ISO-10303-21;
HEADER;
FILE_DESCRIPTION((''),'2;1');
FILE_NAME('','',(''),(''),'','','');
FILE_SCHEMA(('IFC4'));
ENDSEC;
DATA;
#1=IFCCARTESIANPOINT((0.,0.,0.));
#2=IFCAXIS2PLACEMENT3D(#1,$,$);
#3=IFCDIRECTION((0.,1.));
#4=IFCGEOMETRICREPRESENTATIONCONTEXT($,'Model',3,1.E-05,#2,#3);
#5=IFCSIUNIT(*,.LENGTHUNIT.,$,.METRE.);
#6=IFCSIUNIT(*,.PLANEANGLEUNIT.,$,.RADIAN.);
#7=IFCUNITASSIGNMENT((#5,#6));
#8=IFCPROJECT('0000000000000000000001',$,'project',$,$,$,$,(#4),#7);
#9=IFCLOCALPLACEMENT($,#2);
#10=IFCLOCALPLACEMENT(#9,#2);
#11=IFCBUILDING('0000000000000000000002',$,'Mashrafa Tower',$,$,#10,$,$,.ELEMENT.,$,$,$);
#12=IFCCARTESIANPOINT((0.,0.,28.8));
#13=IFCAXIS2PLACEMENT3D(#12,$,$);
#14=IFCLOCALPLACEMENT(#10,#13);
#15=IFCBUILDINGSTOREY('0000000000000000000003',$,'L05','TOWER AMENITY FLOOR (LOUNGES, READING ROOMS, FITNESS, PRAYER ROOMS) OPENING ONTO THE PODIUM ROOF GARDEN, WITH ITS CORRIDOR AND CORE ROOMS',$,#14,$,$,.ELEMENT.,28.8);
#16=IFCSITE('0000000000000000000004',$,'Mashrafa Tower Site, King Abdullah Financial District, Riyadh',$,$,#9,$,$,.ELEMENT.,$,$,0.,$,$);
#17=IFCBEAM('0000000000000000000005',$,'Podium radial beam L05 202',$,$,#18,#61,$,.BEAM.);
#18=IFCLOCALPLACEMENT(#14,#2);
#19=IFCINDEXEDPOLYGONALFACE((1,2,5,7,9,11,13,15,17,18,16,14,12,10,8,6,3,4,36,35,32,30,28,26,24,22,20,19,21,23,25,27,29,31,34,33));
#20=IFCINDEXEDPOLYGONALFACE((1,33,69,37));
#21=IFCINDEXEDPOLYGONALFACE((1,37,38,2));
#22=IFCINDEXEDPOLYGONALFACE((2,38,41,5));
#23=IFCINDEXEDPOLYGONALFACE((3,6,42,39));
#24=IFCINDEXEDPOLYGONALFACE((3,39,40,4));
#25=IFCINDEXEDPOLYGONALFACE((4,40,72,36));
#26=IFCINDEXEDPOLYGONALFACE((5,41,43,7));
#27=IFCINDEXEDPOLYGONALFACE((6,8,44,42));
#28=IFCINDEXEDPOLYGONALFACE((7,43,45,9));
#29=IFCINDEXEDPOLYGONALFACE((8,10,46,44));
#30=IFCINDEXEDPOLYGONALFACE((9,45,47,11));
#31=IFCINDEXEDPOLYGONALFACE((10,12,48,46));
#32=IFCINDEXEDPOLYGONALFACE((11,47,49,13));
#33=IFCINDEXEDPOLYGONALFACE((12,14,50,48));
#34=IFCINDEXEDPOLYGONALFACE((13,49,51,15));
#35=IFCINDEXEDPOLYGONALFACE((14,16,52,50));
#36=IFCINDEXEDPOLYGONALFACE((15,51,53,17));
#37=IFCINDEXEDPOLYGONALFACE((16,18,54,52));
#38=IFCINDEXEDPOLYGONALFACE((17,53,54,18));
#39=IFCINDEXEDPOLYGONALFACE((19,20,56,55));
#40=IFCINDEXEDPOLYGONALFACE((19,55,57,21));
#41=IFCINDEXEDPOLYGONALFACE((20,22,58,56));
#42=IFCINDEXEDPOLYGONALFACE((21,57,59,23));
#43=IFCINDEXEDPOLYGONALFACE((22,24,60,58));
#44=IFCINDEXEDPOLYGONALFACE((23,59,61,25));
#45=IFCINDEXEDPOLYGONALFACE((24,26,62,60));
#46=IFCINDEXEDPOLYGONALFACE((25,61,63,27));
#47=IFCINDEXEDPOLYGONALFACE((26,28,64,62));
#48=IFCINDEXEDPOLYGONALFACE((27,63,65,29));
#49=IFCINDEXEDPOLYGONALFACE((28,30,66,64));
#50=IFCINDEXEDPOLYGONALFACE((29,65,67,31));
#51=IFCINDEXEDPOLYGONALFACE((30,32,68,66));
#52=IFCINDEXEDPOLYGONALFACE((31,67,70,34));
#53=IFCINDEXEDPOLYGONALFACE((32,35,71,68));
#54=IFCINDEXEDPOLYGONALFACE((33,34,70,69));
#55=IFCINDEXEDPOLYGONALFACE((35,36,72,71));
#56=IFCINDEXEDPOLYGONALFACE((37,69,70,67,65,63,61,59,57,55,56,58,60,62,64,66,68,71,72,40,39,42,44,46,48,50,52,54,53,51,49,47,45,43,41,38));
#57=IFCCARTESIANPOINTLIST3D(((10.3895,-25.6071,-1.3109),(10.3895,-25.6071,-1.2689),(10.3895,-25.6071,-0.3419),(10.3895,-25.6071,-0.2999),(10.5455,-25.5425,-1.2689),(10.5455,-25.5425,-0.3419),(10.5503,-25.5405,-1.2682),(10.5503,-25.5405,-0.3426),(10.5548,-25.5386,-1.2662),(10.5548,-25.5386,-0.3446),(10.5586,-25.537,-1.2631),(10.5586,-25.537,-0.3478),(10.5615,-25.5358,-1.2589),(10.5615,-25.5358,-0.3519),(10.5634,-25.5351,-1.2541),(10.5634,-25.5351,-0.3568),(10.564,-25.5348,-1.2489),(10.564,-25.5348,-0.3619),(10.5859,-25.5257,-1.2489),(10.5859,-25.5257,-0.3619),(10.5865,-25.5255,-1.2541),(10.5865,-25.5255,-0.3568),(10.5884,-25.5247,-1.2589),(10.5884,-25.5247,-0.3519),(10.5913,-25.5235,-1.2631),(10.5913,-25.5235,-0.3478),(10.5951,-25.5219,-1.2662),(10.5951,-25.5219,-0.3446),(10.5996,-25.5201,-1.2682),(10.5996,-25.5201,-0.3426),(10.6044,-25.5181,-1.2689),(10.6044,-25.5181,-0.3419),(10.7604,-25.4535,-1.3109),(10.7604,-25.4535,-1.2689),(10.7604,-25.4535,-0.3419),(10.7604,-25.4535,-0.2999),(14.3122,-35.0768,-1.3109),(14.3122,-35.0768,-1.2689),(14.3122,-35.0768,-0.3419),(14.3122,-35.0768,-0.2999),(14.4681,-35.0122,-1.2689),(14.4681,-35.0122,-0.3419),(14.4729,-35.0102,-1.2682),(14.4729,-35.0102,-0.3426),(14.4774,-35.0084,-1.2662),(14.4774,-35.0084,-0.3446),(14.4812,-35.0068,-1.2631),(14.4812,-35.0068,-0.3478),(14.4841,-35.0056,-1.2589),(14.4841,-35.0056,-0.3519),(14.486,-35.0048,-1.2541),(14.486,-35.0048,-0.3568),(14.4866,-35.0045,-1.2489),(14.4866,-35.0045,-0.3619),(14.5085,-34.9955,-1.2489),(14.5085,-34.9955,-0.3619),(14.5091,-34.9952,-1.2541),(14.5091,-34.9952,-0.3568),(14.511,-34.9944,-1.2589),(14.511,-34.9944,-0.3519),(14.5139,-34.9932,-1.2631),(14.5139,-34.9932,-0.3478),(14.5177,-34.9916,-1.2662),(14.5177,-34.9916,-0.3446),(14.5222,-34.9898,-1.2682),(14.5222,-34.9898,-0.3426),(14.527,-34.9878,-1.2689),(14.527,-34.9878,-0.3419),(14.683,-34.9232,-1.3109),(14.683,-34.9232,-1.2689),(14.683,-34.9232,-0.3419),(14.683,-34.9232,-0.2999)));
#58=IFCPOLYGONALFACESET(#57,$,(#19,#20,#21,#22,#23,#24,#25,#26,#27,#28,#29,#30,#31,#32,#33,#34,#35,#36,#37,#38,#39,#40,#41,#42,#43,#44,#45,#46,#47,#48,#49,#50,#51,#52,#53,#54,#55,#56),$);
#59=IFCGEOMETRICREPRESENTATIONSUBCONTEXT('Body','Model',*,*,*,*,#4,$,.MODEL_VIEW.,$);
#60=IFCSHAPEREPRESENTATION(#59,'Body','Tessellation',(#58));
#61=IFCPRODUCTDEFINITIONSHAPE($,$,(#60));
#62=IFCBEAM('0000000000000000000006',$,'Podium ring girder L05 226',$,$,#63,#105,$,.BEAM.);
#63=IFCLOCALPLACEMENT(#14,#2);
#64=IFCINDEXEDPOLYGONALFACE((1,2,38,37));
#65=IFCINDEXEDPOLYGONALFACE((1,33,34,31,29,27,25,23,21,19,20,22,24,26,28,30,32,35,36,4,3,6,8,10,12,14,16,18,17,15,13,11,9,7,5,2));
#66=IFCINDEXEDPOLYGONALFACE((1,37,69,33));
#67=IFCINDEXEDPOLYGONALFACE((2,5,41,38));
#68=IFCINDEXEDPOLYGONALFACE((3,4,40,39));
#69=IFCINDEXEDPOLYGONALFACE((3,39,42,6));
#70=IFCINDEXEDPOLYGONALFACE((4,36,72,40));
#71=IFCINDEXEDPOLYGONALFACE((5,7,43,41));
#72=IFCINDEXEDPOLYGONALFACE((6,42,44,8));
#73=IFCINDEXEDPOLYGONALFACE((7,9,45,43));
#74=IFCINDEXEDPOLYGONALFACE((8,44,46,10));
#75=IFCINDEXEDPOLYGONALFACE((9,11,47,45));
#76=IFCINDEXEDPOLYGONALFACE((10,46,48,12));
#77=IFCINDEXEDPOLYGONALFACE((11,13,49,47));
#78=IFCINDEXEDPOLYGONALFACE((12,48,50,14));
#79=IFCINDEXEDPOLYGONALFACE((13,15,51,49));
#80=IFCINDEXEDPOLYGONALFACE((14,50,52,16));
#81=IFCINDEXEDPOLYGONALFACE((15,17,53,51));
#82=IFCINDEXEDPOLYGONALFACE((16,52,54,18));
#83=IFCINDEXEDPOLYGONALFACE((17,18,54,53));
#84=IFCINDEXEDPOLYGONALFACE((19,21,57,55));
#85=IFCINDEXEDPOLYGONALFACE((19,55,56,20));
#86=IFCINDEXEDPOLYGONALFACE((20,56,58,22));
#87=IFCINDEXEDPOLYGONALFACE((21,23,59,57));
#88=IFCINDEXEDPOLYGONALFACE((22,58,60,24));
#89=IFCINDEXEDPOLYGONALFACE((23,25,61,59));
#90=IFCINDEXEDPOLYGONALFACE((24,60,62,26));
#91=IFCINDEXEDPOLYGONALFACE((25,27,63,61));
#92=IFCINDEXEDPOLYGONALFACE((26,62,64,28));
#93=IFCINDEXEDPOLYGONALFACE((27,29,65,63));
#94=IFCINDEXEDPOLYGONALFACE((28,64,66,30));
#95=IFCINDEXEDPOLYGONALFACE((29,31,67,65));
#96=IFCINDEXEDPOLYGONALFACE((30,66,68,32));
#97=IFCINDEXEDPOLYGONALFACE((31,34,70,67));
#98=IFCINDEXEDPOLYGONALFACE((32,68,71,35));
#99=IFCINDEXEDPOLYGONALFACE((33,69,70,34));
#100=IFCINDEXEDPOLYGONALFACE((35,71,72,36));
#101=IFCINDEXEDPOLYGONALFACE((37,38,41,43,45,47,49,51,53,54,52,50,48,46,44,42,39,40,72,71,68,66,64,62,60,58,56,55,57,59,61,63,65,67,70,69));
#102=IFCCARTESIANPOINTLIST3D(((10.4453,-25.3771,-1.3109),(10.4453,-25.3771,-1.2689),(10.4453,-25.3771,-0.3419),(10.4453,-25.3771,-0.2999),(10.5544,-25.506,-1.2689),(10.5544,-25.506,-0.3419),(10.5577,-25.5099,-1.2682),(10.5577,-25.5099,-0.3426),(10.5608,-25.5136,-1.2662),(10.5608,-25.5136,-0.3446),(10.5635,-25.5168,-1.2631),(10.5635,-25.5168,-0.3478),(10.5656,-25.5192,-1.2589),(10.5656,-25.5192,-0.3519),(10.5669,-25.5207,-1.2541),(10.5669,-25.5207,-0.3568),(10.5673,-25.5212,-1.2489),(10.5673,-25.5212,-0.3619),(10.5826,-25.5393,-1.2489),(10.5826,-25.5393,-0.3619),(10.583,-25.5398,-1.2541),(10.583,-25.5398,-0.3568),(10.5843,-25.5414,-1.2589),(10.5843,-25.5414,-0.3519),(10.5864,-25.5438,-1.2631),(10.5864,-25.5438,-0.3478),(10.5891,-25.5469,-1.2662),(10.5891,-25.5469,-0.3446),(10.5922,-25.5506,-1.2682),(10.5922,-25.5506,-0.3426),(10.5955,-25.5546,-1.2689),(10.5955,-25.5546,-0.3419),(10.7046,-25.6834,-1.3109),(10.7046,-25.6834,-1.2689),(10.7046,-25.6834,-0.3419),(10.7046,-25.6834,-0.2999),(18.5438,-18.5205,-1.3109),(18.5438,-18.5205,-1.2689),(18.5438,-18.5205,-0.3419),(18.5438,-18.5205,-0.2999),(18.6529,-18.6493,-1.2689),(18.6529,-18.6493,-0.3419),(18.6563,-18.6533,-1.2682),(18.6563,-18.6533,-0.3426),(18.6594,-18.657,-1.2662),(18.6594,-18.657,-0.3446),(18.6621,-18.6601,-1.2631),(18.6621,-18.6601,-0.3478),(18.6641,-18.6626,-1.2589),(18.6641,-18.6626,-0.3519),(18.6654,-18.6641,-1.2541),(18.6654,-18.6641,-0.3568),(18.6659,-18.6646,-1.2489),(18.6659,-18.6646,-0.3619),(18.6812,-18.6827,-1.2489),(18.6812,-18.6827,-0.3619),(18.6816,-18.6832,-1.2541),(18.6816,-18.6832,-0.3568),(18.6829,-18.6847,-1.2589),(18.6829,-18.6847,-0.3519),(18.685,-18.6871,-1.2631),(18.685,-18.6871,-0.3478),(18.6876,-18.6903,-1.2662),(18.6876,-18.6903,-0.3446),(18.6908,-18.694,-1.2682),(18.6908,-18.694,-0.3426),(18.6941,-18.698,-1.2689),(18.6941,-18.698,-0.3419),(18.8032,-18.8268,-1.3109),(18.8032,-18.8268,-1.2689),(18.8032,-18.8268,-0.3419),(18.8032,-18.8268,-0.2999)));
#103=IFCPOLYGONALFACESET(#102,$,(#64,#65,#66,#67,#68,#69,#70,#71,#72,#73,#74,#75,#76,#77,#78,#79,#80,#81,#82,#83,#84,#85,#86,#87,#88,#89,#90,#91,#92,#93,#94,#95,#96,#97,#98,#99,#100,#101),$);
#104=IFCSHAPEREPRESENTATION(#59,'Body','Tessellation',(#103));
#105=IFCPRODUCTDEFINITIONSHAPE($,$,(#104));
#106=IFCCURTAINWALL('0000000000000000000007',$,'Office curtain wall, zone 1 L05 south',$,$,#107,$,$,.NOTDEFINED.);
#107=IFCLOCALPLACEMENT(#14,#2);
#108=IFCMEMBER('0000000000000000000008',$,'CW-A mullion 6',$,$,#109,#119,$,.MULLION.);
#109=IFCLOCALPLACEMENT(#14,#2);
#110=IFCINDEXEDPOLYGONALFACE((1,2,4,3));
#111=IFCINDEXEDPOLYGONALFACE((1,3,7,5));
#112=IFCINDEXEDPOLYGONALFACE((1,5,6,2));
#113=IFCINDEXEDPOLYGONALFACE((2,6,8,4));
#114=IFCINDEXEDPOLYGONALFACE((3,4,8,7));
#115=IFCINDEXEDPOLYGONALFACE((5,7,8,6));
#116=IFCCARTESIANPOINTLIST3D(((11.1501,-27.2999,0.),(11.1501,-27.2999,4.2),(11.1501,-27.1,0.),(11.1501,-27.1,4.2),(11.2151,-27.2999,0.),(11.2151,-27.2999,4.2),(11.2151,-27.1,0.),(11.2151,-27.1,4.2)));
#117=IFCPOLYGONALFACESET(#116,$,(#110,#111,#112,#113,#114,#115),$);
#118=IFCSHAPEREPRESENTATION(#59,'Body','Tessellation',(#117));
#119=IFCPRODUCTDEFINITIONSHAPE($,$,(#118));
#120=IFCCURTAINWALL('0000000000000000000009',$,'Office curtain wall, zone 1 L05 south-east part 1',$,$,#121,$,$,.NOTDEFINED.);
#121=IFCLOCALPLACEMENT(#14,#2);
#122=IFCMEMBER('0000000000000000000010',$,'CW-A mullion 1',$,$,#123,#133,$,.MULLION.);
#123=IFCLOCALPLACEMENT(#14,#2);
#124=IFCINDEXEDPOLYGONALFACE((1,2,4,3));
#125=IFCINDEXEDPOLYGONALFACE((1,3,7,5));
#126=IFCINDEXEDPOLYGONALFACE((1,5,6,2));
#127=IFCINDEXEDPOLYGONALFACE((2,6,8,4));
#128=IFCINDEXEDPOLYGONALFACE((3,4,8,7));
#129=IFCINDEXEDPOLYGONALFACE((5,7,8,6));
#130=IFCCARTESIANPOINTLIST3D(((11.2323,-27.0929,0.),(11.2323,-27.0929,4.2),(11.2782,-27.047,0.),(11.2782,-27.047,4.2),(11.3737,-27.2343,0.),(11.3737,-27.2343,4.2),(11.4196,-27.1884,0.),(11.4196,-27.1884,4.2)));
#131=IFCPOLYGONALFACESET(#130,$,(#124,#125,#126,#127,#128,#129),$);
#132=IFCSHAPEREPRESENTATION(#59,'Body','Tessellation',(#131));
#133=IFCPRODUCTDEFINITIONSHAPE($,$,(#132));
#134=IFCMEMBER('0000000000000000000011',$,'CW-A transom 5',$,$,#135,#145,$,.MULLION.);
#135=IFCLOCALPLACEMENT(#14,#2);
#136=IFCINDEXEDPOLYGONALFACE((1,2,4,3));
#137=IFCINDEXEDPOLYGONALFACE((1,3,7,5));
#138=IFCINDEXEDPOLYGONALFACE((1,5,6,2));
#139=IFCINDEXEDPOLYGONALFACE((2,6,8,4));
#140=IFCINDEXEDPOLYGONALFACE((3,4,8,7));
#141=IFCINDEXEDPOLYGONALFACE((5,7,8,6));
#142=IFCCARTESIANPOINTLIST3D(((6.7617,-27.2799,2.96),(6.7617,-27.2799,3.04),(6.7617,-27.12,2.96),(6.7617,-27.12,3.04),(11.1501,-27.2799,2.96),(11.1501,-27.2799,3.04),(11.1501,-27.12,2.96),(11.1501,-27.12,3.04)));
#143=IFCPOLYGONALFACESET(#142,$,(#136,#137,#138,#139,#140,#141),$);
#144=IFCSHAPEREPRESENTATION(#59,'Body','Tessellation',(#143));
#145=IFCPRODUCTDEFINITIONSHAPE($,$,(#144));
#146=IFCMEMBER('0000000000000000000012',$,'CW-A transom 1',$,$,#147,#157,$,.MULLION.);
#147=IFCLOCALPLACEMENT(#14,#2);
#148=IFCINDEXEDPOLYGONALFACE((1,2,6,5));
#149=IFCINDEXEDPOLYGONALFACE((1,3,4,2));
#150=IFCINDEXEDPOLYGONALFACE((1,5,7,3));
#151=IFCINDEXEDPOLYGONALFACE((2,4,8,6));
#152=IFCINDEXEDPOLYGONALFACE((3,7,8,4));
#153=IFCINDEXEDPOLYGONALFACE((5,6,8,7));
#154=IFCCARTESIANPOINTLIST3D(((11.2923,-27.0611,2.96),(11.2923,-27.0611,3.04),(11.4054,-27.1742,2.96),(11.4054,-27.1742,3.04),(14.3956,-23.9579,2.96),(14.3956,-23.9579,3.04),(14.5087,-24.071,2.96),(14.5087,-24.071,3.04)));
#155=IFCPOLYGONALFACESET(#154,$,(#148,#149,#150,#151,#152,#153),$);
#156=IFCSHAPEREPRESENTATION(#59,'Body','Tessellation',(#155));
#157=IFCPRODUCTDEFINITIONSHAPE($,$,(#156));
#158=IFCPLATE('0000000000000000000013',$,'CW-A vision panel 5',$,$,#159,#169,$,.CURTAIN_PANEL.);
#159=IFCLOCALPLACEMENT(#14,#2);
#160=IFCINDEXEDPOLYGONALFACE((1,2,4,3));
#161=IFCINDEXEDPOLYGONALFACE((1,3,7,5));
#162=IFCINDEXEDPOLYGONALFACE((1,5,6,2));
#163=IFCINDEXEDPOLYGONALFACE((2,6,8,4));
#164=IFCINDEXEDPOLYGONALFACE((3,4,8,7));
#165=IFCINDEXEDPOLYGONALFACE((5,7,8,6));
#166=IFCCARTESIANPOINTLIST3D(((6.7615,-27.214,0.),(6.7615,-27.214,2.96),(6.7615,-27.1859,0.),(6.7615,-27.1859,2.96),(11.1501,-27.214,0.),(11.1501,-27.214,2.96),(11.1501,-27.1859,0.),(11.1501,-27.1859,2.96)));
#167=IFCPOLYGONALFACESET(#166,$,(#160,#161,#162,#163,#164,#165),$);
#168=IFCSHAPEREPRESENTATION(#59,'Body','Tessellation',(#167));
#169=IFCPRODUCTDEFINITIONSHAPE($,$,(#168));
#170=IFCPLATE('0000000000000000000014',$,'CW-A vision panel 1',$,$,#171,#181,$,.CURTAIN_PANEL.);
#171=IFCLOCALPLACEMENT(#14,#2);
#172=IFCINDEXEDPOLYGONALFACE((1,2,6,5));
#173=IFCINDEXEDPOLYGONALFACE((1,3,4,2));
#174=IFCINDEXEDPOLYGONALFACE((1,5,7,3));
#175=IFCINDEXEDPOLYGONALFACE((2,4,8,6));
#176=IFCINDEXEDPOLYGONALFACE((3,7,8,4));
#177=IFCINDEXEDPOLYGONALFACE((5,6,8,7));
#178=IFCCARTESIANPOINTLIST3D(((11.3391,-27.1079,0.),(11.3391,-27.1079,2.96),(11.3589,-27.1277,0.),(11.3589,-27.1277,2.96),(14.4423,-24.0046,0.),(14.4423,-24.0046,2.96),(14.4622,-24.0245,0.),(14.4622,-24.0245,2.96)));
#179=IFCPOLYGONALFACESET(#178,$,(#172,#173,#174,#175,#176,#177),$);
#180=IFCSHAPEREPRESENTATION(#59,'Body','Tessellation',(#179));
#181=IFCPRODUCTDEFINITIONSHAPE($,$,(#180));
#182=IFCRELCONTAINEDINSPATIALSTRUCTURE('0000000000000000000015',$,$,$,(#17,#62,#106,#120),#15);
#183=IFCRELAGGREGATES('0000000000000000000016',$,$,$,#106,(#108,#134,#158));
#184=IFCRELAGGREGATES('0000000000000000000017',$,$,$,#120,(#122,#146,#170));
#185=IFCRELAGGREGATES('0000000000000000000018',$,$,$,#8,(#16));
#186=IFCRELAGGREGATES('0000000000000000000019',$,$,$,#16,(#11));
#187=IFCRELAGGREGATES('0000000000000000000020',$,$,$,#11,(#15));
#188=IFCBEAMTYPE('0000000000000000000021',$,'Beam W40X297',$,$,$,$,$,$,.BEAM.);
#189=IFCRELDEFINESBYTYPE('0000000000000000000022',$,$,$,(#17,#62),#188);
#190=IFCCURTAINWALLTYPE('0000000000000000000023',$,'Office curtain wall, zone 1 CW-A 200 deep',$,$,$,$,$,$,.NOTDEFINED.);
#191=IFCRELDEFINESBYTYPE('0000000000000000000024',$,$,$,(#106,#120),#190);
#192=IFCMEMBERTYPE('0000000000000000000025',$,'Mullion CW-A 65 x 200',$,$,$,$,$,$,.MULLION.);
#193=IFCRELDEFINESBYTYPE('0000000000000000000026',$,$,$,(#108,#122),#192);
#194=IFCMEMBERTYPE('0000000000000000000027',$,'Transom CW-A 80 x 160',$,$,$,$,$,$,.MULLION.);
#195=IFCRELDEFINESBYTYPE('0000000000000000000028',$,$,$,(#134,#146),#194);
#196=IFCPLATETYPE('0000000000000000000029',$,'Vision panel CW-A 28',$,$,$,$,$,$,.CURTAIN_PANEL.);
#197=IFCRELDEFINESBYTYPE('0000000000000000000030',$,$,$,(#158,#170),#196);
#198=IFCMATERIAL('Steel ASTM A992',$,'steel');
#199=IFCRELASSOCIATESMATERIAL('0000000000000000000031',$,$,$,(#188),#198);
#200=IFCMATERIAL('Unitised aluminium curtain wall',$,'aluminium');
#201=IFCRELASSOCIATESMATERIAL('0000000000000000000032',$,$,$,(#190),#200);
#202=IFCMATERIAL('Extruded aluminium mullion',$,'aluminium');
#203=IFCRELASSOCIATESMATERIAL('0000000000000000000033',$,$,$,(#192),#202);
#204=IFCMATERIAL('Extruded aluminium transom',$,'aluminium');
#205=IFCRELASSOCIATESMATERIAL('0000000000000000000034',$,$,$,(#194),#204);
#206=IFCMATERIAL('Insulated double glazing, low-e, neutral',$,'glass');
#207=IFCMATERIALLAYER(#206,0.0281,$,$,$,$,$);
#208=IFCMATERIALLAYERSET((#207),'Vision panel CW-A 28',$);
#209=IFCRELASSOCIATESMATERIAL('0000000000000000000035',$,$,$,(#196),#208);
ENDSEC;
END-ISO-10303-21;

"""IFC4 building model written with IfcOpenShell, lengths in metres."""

from ifc_helpers import new_model, si_unit, direction, frame, origin, origin_2d, place, context, subcontext, project, spatial, rectangle, i_section, extrude, source, transform, mapped, material, layer, layer_set, material_profile, profile_set, type_object, type_shapes, element, aggregate, save


model = new_model("IFC4")

# Units and contexts
model_context = context("Model", 3, precision=1e-05, world=origin(), true_north=direction((0.0, 1.0)))
body_context = subcontext(model_context, "Body", "Model", "MODEL_VIEW")
ifc_project = project(units=[si_unit("LENGTHUNIT", "METRE"), si_unit("PLANEANGLEUNIT", "RADIAN")], contexts=[model_context])

# Site, building, storey
site_placement = place(None, origin())
site = spatial("IfcSite", under=ifc_project, at=site_placement, Name="Mashrafa Tower Site, King Abdullah Financial District, Riyadh", CompositionType="ELEMENT", RefElevation=0.0)
building_placement = place(site_placement, origin())
building = spatial("IfcBuilding", under=site, at=building_placement, Name="Mashrafa Tower", CompositionType="ELEMENT")
storey_placement = place(building_placement, frame((0.0, 0.0, 28.8)))
storey = spatial("IfcBuildingStorey", under=building, at=storey_placement, Name="L05", Description="TOWER AMENITY FLOOR (LOUNGES, READING ROOMS, FITNESS, PRAYER ROOMS) OPENING ONTO THE PODIUM ROOF GARDEN, WITH ITS CORRIDOR AND CORE ROOMS", CompositionType="ELEMENT", Elevation=28.8)

# Beams
ifc_material_1 = material(Name="Steel ASTM A992", Category="steel")
ifc_material_profile_1 = material_profile(ifc_material_1, i_section(OverallWidth=0.4014, OverallDepth=1.011, WebThickness=0.0237, FlangeThickness=0.042, FilletRadius=0.02, at=origin_2d()), Name="W40X297")
ifc_profile_set_1 = profile_set([ifc_material_profile_1], Name="Steel ASTM A992")
beam_type_1 = type_object("IfcBeamType", Name="Beam W40X297", PredefinedType="BEAM", material=ifc_profile_set_1)
beam_1_placement = place(storey_placement, frame((10.575, -25.5303, -0.8054), z_axis=(0.382693, -0.923875, 0.0), x_axis=(0.923875, 0.382693, 0.0)))
element("IfcBeam", 1, at=beam_1_placement, inside=storey, type_object=beam_type_1, Name="Podium radial beam L05 202", PredefinedType="BEAM", context=body_context, shape_type="SweptSolid", body=[
    extrude(i_section(OverallWidth=0.4014, OverallDepth=1.011, WebThickness=0.0237, FlangeThickness=0.042, FilletRadius=0.02, at=origin_2d()), origin(), (0.0, 0.0, 1.0), 10.25),
])
beam_2_placement = place(storey_placement, frame((10.575, -25.5303, -0.8054), z_axis=(0.7632, 0.646162, 0.0), x_axis=(-0.646162, 0.7632, 0.0)))
element("IfcBeam", 2, at=beam_2_placement, inside=storey, type_object=beam_type_1, Name="Podium ring girder L05 226", PredefinedType="BEAM", context=body_context, shape_type="SweptSolid", body=[
    extrude(i_section(OverallWidth=0.4014, OverallDepth=1.011, WebThickness=0.0237, FlangeThickness=0.042, FilletRadius=0.02, at=origin_2d()), origin(), (0.0, 0.0, 1.0), 10.6113),
])

# Curtain walls, members
ifc_material_2 = material(Name="Unitised aluminium curtain wall", Category="aluminium")
curtain_wall_type = type_object("IfcCurtainWallType", Name="Office curtain wall, zone 1 CW-A 200 deep", PredefinedType="NOTDEFINED", material=ifc_material_2)
curtain_wall_1_placement = place(storey_placement, origin())
curtain_wall_1 = element("IfcCurtainWall", 3, at=curtain_wall_1_placement, inside=storey, type_object=curtain_wall_type, Name="Office curtain wall, zone 1 L05 south", PredefinedType="NOTDEFINED")
ifc_material_3 = material(Name="Extruded aluminium mullion", Category="aluminium")
ifc_material_profile_2 = material_profile(ifc_material_3, rectangle(XDim=0.2, YDim=0.0649, at=origin_2d()), Name="Mullion 65x200")
ifc_profile_set_2 = profile_set([ifc_material_profile_2], Name="Extruded aluminium mullion")
member_type_1 = type_object("IfcMemberType", Name="Mullion CW-A 65 x 200", PredefinedType="MULLION", material=ifc_profile_set_2)
shared_shape_1 = source(origin(), body_context, "Body", "SweptSolid", [
    extrude(rectangle(XDim=0.2, YDim=0.0649, at=origin_2d()), origin(), (0.0, 0.0, 1.0), 4.2),
])
type_shapes(member_type_1, [shared_shape_1])
member_1_placement = place(storey_placement, frame((11.1826, -27.2, 0.0), z_axis=(0.0, 0.0, 1.0), x_axis=(0.0, 1.0, 0.0)))
member_1 = element("IfcMember", 4, at=member_1_placement, type_object=member_type_1, Name="CW-A mullion 6", PredefinedType="MULLION", context=body_context, shape_type="MappedRepresentation", body=[
    mapped(shared_shape_1, transform((0.0, 0.0, 0.0))),
])
curtain_wall_2_placement = place(storey_placement, origin())
curtain_wall_2 = element("IfcCurtainWall", 5, at=curtain_wall_2_placement, inside=storey, type_object=curtain_wall_type, Name="Office curtain wall, zone 1 L05 south-east part 1", PredefinedType="NOTDEFINED")
member_2_placement = place(storey_placement, frame((11.3259, -27.1406, 0.0), z_axis=(0.0, 0.0, 1.0), x_axis=(-0.707107, 0.707107, 0.0)))
member_2 = element("IfcMember", 6, at=member_2_placement, type_object=member_type_1, Name="CW-A mullion 1", PredefinedType="MULLION", context=body_context, shape_type="MappedRepresentation", body=[
    mapped(shared_shape_1, transform((0.0, 0.0, 0.0))),
])

# Members
ifc_material_4 = material(Name="Extruded aluminium transom", Category="aluminium")
ifc_material_profile_3 = material_profile(ifc_material_4, rectangle(XDim=0.1599, YDim=0.0801, at=origin_2d()), Name="Transom 80x160")
ifc_profile_set_3 = profile_set([ifc_material_profile_3], Name="Extruded aluminium transom")
member_type_2 = type_object("IfcMemberType", Name="Transom CW-A 80 x 160", PredefinedType="MULLION", material=ifc_profile_set_3)
shared_shape_2 = source(origin(), body_context, "Body", "SweptSolid", [
    extrude(rectangle(XDim=0.1599, YDim=0.0801, at=origin_2d()), origin(), (0.0, 0.0, 1.0), 4.3884),
])
member_3_placement = place(storey_placement, frame((6.7617, -27.2, 3.0), z_axis=(1.0, 0.0, 0.0), x_axis=(0.0, 1.0, 0.0)))
member_3 = element("IfcMember", 7, at=member_3_placement, type_object=member_type_2, Name="CW-A transom 5", PredefinedType="MULLION", context=body_context, shape_type="MappedRepresentation", body=[
    mapped(shared_shape_2, transform((0.0, 0.0, 0.0))),
])
shared_shape_3 = source(origin(), body_context, "Body", "SweptSolid", [
    extrude(rectangle(XDim=0.1599, YDim=0.0801, at=origin_2d()), origin(), (0.0, 0.0, 1.0), 4.3887),
])
type_shapes(member_type_2, [shared_shape_2, shared_shape_3])
member_4_placement = place(storey_placement, frame((11.3489, -27.1177, 3.0), z_axis=(0.707107, 0.707107, 0.0), x_axis=(-0.707107, 0.707107, 0.0)))
member_4 = element("IfcMember", 8, at=member_4_placement, type_object=member_type_2, Name="CW-A transom 1", PredefinedType="MULLION", context=body_context, shape_type="MappedRepresentation", body=[
    mapped(shared_shape_3, transform((0.0, 0.0, 0.0))),
])

# Plates
ifc_material_5 = material(Name="Insulated double glazing, low-e, neutral", Category="glass")
ifc_layer_1 = layer(ifc_material_5, 0.0281)
ifc_layer_set_1 = layer_set([ifc_layer_1], Name="Vision panel CW-A 28")
plate_type_1 = type_object("IfcPlateType", Name="Vision panel CW-A 28", PredefinedType="CURTAIN_PANEL", material=ifc_layer_set_1)
shared_shape_4 = source(origin(), body_context, "Body", "SweptSolid", [
    extrude(rectangle(XDim=4.3887, YDim=0.0281, at=origin_2d()), origin(), (0.0, 0.0, 1.0), 2.96),
])
type_shapes(plate_type_1, [shared_shape_4])
plate_1_placement = place(storey_placement, frame((8.9558, -27.2, 0.0), z_axis=(0.0, 0.0, 1.0), x_axis=(1.0, 0.0, 0.0)))
plate_1 = element("IfcPlate", 9, at=plate_1_placement, type_object=plate_type_1, Name="CW-A vision panel 5", PredefinedType="CURTAIN_PANEL", context=body_context, shape_type="MappedRepresentation", body=[
    mapped(shared_shape_4, transform((0.0, 0.0, 0.0))),
])
plate_2_placement = place(storey_placement, frame((12.9006, -25.5662, 0.0), z_axis=(0.0, 0.0, 1.0), x_axis=(0.707107, 0.707107, 0.0)))
plate_2 = element("IfcPlate", 10, at=plate_2_placement, type_object=plate_type_1, Name="CW-A vision panel 1", PredefinedType="CURTAIN_PANEL", context=body_context, shape_type="MappedRepresentation", body=[
    mapped(shared_shape_4, transform((0.0, 0.0, 0.0))),
])
aggregate(curtain_wall_1, [member_1, member_3, plate_1])
aggregate(curtain_wall_2, [member_2, member_4, plate_2])

save(model, "model.ifc")
